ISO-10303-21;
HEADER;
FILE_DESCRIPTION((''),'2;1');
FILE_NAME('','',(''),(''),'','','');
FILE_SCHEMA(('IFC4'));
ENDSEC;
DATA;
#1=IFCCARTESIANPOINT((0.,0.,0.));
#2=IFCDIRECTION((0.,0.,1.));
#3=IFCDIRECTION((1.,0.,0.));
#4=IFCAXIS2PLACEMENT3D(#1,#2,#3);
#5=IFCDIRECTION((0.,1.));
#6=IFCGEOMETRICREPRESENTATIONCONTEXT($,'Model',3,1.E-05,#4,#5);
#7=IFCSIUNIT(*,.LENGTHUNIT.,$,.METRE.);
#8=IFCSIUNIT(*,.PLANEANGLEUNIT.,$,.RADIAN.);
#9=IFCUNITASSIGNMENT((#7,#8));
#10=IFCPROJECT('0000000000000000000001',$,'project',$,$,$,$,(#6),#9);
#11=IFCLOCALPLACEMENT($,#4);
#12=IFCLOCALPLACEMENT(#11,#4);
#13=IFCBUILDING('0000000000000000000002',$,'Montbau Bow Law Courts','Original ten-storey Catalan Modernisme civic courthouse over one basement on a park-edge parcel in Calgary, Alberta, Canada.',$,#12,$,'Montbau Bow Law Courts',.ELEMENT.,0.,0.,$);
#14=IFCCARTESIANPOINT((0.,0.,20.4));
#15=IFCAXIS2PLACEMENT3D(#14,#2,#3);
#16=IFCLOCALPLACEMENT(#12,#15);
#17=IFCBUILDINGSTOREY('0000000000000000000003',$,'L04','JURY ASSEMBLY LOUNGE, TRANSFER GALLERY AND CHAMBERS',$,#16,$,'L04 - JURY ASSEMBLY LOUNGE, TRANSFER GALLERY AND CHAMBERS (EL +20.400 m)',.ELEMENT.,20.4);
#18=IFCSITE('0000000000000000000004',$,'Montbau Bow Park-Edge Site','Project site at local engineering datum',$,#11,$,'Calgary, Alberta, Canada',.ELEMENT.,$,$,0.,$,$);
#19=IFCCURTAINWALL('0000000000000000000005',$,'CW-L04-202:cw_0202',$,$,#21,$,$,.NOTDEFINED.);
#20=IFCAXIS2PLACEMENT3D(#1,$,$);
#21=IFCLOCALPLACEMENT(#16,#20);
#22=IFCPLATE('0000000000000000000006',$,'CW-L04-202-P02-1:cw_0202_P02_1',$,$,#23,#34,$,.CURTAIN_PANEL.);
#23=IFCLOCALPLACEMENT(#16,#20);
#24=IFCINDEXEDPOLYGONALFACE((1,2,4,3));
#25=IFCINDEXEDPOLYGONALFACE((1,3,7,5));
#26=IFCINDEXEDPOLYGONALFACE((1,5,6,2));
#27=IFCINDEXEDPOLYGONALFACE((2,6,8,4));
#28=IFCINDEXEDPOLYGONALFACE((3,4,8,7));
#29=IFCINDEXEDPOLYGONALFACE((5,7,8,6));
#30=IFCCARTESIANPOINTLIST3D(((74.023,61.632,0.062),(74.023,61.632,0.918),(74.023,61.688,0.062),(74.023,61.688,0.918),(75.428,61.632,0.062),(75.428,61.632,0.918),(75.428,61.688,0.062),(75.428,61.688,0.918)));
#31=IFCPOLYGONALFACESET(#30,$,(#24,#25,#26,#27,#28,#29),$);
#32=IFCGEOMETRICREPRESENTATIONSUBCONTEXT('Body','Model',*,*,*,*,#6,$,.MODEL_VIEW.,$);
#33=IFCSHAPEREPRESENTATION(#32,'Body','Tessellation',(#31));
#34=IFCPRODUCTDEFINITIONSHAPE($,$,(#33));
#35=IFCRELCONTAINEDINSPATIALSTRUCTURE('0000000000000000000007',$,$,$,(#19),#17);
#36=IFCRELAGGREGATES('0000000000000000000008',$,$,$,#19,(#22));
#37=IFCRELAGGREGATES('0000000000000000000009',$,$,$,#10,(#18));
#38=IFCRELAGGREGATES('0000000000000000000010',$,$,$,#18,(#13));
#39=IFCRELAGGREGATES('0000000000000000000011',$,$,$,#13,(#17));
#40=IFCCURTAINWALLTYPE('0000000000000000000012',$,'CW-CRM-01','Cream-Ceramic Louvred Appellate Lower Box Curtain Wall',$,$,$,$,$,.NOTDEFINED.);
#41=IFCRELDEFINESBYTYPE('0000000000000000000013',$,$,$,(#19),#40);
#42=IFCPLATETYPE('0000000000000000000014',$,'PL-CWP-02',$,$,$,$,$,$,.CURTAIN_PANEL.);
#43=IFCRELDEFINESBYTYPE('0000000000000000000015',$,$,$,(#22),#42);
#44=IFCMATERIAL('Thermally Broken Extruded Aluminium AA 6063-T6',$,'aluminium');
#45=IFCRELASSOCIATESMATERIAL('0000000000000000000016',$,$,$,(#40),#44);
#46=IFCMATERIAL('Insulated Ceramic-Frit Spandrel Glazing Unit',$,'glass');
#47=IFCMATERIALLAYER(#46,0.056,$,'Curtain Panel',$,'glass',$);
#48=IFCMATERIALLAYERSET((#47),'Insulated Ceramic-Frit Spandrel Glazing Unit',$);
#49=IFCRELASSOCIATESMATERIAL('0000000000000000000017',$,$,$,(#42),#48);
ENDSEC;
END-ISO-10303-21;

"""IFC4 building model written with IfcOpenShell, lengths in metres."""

from ifc_helpers import new_model, si_unit, direction, frame, frame_2d, origin_with_axes, place, context, subcontext, project, spatial, rectangle, extrude, material, layer, layer_set, type_object, element, aggregate, save


model = new_model("IFC4")

# Units and contexts
model_context = context("Model", 3, precision=1e-05, world=origin_with_axes(), true_north=direction((0.0, 1.0)))
body_context = subcontext(model_context, "Body", "Model", "MODEL_VIEW")
ifc_project = project(units=[si_unit("LENGTHUNIT", "METRE"), si_unit("PLANEANGLEUNIT", "RADIAN")], contexts=[model_context])

# Site, building, storey
site_placement = place(None, origin_with_axes())
site = spatial("IfcSite", under=ifc_project, at=site_placement, Name="Montbau Bow Park-Edge Site", Description="Project site at local engineering datum", LongName="Calgary, Alberta, Canada", CompositionType="ELEMENT", RefElevation=0.0)
building_placement = place(site_placement, origin_with_axes())
building = spatial("IfcBuilding", under=site, at=building_placement, Name="Montbau Bow Law Courts", Description="Original ten-storey Catalan Modernisme civic courthouse over one basement on a park-edge parcel in Calgary, Alberta, Canada.", LongName="Montbau Bow Law Courts", CompositionType="ELEMENT", ElevationOfRefHeight=0.0, ElevationOfTerrain=0.0)
storey_placement = place(building_placement, frame((0.0, 0.0, 20.4), z_axis=(0.0, 0.0, 1.0), x_axis=(1.0, 0.0, 0.0)))
storey = spatial("IfcBuildingStorey", under=building, at=storey_placement, Name="L04", Description="JURY ASSEMBLY LOUNGE, TRANSFER GALLERY AND CHAMBERS", LongName="L04 - JURY ASSEMBLY LOUNGE, TRANSFER GALLERY AND CHAMBERS (EL +20.400 m)", CompositionType="ELEMENT", Elevation=20.4)

# Curtain wall
ifc_material_1 = material(Name="Thermally Broken Extruded Aluminium AA 6063-T6", Category="aluminium")
curtain_wall_type = type_object("IfcCurtainWallType", Name="CW-CRM-01", Description="Cream-Ceramic Louvred Appellate Lower Box Curtain Wall", PredefinedType="NOTDEFINED", material=ifc_material_1)
curtain_wall_1_placement = place(None, frame((72.515, 61.66, 20.4), z_axis=(0.0, 0.0, 1.0), x_axis=(1.0, 0.0, 0.0)))
curtain_wall_1 = element("IfcCurtainWall", 1, at=curtain_wall_1_placement, inside=storey, type_object=curtain_wall_type, Name="CW-L04-202:cw_0202", PredefinedType="NOTDEFINED")

# Plate
ifc_material_2 = material(Name="Insulated Ceramic-Frit Spandrel Glazing Unit", Category="glass")
ifc_layer_1 = layer(ifc_material_2, 0.056, Name="Curtain Panel", Category="glass")
ifc_layer_set_1 = layer_set([ifc_layer_1], Name="Insulated Ceramic-Frit Spandrel Glazing Unit")
plate_type_1 = type_object("IfcPlateType", Name="PL-CWP-02", PredefinedType="CURTAIN_PANEL", material=ifc_layer_set_1)
plate_1_placement = place(None, frame((74.023, 61.66, 20.462), z_axis=(0.0, -1.0, 0.0), x_axis=(1.0, 0.0, 0.0)))
plate_1 = element("IfcPlate", 2, at=plate_1_placement, type_object=plate_type_1, Name="CW-L04-202-P02-1:cw_0202_P02_1", PredefinedType="CURTAIN_PANEL", context=body_context, shape_type="SweptSolid", body=[
    extrude(rectangle(XDim=1.405, YDim=0.856, at=frame_2d((0.7025, 0.428), x_axis=(1.0, 0.0))), frame((0.0, 0.0, -0.028), z_axis=(0.0, 0.0, 1.0), x_axis=(1.0, 0.0, 0.0)), (0.0, 0.0, 1.0), 0.056),
])
aggregate(curtain_wall_1, [plate_1])

save(model, "model.ifc")
